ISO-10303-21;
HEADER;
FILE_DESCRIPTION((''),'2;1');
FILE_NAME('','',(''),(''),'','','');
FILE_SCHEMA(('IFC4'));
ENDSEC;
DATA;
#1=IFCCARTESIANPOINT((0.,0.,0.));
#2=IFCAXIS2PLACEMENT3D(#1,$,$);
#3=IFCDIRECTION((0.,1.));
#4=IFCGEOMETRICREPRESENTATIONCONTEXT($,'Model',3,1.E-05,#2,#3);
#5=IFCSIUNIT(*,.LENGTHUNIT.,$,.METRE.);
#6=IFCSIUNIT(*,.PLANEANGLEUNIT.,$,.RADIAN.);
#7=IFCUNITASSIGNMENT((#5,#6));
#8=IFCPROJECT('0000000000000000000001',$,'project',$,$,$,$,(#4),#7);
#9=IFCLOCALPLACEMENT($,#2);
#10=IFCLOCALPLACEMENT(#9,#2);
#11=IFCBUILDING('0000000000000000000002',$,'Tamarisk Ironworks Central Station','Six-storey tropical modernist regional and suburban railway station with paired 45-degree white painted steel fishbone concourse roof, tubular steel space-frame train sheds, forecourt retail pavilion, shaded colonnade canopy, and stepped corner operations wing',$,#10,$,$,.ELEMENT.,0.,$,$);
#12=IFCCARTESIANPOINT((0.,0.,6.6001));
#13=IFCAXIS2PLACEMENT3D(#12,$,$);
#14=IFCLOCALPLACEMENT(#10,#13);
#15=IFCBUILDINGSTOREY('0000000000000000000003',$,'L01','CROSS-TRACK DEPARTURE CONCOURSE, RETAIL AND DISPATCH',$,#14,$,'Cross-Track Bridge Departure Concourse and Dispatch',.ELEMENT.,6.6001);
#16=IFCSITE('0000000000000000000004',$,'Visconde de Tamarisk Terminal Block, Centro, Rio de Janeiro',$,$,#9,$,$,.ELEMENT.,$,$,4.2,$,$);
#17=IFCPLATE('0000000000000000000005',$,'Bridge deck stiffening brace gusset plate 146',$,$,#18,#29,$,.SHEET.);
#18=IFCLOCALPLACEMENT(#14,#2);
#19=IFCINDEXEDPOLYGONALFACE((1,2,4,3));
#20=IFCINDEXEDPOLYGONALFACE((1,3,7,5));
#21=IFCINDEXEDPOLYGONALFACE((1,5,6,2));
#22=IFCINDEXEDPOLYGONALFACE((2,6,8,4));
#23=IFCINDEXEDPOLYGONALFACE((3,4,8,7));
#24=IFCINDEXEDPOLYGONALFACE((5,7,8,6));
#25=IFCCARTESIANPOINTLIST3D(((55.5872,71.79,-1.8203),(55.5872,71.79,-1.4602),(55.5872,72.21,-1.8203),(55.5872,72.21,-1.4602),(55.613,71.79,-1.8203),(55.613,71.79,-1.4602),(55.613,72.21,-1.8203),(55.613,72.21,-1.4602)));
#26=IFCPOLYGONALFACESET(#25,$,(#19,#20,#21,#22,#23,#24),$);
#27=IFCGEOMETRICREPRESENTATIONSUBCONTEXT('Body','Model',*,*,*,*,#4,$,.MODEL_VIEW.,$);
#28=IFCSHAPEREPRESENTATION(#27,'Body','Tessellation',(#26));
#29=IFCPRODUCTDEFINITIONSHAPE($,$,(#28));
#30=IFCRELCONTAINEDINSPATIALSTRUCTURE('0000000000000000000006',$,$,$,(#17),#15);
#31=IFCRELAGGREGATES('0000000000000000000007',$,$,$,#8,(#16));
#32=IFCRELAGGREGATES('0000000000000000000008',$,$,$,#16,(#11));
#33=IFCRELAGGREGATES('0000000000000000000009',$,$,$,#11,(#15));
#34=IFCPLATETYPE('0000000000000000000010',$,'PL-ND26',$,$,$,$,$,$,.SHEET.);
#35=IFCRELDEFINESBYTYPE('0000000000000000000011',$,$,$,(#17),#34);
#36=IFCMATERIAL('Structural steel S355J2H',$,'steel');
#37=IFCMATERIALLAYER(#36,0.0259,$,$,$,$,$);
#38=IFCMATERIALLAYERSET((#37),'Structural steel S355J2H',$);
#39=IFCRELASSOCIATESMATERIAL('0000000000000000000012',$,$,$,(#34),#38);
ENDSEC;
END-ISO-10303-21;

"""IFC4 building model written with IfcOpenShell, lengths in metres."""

from ifc_helpers import new_model, si_unit, direction, frame, origin, origin_2d, place, context, subcontext, project, spatial, rectangle, extrude, material, layer, layer_set, type_object, element, save


model = new_model("IFC4")

# Units and contexts
model_context = context("Model", 3, precision=1e-05, world=origin(), true_north=direction((0.0, 1.0)))
body_context = subcontext(model_context, "Body", "Model", "MODEL_VIEW")
ifc_project = project(units=[si_unit("LENGTHUNIT", "METRE"), si_unit("PLANEANGLEUNIT", "RADIAN")], contexts=[model_context])

# Site, building, storey
site_placement = place(None, origin())
site = spatial("IfcSite", under=ifc_project, at=site_placement, Name="Visconde de Tamarisk Terminal Block, Centro, Rio de Janeiro", CompositionType="ELEMENT", RefElevation=4.2)
building_placement = place(site_placement, origin())
building = spatial("IfcBuilding", under=site, at=building_placement, Name="Tamarisk Ironworks Central Station", Description="Six-storey tropical modernist regional and suburban railway station with paired 45-degree white painted steel fishbone concourse roof, tubular steel space-frame train sheds, forecourt retail pavilion, shaded colonnade canopy, and stepped corner operations wing", CompositionType="ELEMENT", ElevationOfRefHeight=0.0)
storey_placement = place(building_placement, frame((0.0, 0.0, 6.6001)))
storey = spatial("IfcBuildingStorey", under=building, at=storey_placement, Name="L01", Description="CROSS-TRACK DEPARTURE CONCOURSE, RETAIL AND DISPATCH", LongName="Cross-Track Bridge Departure Concourse and Dispatch", CompositionType="ELEMENT", Elevation=6.6001)

# Shared definitions
ifc_material_1 = material(Name="Structural steel S355J2H", Category="steel")

# Plate
ifc_layer_1 = layer(ifc_material_1, 0.0259)
ifc_layer_set_1 = layer_set([ifc_layer_1], Name="Structural steel S355J2H")
plate_type_1 = type_object("IfcPlateType", Name="PL-ND26", PredefinedType="SHEET", material=ifc_layer_set_1)
for number, where, z_axis, x_axis, name in (
    (1, (55.6001, 72.0, -1.8203), (0.0, 0.0, 1.0), (1.0, 0.0, 0.0), "Bridge deck stiffening brace gusset plate 146"),
):
    element("IfcPlate", number, at=place(storey_placement, frame(where, z_axis=z_axis, x_axis=x_axis)), inside=storey, type_object=plate_type_1, Name=name, PredefinedType="SHEET", context=body_context, shape_type="SweptSolid", body=[
        extrude(rectangle(XDim=0.0259, YDim=0.4199, at=origin_2d()), origin(), (0.0, 0.0, 1.0), 0.3601),
    ])

save(model, "model.ifc")
